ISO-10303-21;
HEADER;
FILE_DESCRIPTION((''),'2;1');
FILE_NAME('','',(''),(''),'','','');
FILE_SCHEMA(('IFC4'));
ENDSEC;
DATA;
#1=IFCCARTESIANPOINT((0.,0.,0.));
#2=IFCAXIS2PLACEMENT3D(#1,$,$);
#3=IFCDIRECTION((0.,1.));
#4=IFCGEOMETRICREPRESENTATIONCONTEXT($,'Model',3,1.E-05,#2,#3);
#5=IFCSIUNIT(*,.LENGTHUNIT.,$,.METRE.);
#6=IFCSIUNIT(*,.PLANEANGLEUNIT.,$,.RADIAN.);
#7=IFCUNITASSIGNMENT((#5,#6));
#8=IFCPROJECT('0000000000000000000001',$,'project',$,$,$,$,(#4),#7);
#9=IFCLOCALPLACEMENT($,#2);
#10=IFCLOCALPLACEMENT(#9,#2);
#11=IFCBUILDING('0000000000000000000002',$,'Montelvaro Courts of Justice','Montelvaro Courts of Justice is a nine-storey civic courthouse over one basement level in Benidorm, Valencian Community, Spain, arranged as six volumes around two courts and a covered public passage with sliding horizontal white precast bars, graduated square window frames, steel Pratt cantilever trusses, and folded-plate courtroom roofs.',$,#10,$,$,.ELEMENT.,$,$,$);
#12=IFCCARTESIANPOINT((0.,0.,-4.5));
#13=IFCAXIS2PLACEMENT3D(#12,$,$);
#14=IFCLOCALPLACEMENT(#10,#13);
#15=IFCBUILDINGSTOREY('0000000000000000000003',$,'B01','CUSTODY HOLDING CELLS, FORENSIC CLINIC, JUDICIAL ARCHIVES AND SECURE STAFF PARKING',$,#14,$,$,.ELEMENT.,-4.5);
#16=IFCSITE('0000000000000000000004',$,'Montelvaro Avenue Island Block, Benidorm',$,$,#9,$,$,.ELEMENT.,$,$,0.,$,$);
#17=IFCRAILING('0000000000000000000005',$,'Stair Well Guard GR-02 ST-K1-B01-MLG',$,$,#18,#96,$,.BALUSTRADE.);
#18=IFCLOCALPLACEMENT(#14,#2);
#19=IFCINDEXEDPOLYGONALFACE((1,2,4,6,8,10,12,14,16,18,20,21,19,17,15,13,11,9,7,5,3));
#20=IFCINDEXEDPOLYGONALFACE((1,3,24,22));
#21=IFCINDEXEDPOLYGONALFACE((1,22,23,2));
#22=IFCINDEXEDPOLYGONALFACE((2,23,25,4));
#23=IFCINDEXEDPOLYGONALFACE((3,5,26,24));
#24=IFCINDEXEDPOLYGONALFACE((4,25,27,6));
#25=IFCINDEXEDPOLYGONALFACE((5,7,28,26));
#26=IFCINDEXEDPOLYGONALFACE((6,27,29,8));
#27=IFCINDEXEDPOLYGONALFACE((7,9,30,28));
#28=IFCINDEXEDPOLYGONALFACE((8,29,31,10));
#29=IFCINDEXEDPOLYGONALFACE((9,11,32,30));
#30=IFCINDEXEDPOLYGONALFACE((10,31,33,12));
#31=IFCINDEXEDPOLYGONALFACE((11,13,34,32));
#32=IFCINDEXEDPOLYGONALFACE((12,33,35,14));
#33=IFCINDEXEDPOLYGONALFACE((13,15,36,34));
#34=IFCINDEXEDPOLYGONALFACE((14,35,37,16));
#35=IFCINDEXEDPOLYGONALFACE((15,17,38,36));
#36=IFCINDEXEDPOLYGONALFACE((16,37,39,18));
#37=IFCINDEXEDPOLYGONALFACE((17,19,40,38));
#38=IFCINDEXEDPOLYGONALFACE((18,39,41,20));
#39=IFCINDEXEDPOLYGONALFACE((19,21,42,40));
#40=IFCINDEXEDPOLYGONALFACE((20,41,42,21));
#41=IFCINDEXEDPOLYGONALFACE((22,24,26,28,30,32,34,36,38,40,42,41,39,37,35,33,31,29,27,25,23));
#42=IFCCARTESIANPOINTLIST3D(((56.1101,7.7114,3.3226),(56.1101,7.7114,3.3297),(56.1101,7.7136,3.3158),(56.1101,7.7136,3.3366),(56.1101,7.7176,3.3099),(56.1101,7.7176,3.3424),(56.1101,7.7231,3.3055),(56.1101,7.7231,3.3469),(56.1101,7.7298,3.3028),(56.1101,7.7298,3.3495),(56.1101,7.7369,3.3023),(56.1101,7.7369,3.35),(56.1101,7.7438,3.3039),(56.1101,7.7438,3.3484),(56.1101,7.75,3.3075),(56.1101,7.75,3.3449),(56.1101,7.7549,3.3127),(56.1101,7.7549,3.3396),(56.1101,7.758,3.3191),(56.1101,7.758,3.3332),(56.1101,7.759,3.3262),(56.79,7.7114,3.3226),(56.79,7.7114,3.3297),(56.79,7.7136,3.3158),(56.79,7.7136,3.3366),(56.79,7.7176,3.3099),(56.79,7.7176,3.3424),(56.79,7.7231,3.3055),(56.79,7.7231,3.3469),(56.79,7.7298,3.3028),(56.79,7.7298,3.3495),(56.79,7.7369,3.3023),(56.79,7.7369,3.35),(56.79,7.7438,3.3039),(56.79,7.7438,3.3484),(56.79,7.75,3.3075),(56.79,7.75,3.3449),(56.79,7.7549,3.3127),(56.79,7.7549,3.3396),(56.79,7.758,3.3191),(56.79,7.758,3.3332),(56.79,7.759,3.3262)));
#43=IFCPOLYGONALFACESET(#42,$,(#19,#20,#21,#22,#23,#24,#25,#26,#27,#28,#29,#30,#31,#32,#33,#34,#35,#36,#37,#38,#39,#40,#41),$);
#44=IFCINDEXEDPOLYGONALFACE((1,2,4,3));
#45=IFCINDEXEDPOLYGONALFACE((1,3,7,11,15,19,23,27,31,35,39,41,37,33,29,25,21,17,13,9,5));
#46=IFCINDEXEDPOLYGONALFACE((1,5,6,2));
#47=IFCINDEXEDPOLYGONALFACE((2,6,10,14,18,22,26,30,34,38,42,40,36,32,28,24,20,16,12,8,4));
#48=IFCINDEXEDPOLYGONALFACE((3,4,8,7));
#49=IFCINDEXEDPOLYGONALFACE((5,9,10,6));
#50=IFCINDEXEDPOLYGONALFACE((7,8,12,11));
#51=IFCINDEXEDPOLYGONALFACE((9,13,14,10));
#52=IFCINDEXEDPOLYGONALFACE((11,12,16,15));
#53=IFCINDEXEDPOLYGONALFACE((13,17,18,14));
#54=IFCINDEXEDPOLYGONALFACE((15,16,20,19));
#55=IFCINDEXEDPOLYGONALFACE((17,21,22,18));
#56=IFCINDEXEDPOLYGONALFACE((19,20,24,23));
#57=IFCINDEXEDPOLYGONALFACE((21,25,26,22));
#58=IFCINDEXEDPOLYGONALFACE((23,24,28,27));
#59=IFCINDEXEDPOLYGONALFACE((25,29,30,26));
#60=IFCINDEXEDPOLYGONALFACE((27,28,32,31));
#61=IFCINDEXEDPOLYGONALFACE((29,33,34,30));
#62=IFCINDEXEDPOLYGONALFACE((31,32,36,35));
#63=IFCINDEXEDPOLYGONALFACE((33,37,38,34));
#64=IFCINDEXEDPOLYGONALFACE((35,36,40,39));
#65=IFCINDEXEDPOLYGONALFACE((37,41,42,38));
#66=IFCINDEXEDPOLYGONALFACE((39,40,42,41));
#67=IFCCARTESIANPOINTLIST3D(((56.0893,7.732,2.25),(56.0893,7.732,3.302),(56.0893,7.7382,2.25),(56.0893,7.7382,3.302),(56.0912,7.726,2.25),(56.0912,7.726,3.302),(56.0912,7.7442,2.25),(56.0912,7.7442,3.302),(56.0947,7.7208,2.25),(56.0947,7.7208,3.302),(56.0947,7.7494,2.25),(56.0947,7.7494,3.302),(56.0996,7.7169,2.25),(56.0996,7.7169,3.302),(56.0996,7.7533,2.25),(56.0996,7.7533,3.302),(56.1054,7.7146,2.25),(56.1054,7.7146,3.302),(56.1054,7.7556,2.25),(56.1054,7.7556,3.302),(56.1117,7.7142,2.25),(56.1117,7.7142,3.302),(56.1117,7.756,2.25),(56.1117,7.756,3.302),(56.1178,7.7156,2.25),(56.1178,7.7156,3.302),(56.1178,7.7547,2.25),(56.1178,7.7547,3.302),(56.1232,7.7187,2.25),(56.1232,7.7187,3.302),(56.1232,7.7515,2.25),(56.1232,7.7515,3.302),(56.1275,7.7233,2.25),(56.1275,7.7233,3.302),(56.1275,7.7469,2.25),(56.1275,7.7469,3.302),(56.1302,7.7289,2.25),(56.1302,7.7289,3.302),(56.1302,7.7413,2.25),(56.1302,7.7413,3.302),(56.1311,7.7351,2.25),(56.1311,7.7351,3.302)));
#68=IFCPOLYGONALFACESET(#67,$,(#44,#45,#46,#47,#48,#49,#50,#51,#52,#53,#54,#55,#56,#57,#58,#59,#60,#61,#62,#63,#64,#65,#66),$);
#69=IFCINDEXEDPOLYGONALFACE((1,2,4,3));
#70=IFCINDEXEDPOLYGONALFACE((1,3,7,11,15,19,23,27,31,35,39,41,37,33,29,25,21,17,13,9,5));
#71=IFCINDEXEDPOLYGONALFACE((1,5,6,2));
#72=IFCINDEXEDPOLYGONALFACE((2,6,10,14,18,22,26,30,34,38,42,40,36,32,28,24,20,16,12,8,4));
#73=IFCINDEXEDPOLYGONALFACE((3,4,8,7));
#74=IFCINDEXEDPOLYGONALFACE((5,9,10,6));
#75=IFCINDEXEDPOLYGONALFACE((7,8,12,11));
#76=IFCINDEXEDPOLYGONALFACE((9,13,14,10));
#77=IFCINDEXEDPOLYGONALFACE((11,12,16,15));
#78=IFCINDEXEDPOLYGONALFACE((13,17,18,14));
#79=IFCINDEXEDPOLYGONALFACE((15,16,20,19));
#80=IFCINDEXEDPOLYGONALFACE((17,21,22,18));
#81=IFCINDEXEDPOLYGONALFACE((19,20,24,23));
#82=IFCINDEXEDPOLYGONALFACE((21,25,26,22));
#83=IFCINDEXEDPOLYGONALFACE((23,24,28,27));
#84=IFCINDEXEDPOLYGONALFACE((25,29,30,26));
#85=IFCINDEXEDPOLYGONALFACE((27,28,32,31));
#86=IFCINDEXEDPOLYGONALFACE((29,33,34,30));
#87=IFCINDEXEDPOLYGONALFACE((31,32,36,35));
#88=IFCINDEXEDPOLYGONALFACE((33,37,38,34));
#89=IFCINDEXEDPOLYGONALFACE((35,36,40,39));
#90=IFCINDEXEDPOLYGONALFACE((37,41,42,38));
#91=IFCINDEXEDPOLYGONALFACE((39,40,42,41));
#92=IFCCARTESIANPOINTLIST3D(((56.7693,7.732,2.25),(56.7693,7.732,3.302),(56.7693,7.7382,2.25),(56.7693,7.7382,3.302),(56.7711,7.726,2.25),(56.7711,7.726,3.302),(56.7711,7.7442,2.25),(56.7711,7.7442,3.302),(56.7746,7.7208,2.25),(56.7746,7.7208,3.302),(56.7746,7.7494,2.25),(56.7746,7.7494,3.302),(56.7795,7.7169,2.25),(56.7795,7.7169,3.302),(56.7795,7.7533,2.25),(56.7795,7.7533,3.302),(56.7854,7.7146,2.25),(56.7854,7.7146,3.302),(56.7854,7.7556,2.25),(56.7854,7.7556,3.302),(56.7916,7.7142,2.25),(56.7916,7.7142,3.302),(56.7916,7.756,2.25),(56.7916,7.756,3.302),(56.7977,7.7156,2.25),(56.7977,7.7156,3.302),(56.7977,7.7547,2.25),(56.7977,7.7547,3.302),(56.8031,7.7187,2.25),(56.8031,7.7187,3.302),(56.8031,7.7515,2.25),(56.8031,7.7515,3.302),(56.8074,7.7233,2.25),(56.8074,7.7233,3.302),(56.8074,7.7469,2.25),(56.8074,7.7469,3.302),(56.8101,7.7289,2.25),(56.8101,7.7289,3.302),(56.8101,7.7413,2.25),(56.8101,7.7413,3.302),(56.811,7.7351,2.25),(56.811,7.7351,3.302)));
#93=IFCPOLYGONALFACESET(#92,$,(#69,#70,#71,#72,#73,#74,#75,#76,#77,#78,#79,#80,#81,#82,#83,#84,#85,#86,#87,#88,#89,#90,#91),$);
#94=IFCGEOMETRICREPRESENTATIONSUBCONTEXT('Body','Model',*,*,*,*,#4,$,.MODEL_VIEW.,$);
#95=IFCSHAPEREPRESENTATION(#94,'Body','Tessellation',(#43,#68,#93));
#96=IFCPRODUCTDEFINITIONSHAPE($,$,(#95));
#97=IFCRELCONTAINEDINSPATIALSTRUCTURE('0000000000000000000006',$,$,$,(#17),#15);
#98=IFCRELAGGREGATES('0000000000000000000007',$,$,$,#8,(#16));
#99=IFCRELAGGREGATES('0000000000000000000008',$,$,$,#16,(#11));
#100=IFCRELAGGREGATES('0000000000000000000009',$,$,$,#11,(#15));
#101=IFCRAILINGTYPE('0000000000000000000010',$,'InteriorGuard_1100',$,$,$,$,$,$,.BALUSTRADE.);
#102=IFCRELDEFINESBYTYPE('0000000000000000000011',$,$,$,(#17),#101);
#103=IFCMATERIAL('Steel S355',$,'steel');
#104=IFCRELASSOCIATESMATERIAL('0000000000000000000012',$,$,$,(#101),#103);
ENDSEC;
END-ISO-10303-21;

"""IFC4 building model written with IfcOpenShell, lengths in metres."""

from ifc_helpers import new_model, si_unit, direction, frame, origin, origin_2d, place, context, subcontext, project, spatial, circle, extrude, material, type_object, element, save


model = new_model("IFC4")

# Units and contexts
model_context = context("Model", 3, precision=1e-05, world=origin(), true_north=direction((0.0, 1.0)))
body_context = subcontext(model_context, "Body", "Model", "MODEL_VIEW")
ifc_project = project(units=[si_unit("LENGTHUNIT", "METRE"), si_unit("PLANEANGLEUNIT", "RADIAN")], contexts=[model_context])

# Site, building, storey
site_placement = place(None, origin())
site = spatial("IfcSite", under=ifc_project, at=site_placement, Name="Montelvaro Avenue Island Block, Benidorm", CompositionType="ELEMENT", RefElevation=0.0)
building_placement = place(site_placement, origin())
building = spatial("IfcBuilding", under=site, at=building_placement, Name="Montelvaro Courts of Justice", Description="Montelvaro Courts of Justice is a nine-storey civic courthouse over one basement level in Benidorm, Valencian Community, Spain, arranged as six volumes around two courts and a covered public passage with sliding horizontal white precast bars, graduated square window frames, steel Pratt cantilever trusses, and folded-plate courtroom roofs.", CompositionType="ELEMENT")
storey_placement = place(building_placement, frame((0.0, 0.0, -4.5)))
storey = spatial("IfcBuildingStorey", under=building, at=storey_placement, Name="B01", Description="CUSTODY HOLDING CELLS, FORENSIC CLINIC, JUDICIAL ARCHIVES AND SECURE STAFF PARKING", CompositionType="ELEMENT", Elevation=-4.5)

# Shared definitions
ifc_material_1 = material(Name="Steel S355", Category="steel")

# Railing
railing_type = type_object("IfcRailingType", Name="InteriorGuard_1100", PredefinedType="BALUSTRADE", material=ifc_material_1)
railing_1_placement = place(storey_placement, frame((56.1101, 7.7351, 2.25)))
element("IfcRailing", 1, at=railing_1_placement, inside=storey, type_object=railing_type, Name="Stair Well Guard GR-02 ST-K1-B01-MLG", PredefinedType="BALUSTRADE", context=body_context, shape_type="SweptSolid", body=[
    extrude(circle(Radius=0.0239, at=origin_2d()), frame((0.0, 0.0, 1.0762), z_axis=(1.0, 0.0, 0.0), x_axis=(0.0, 1.0, 0.0)), (0.0, 0.0, 1.0), 0.6799),
    extrude(circle(Radius=0.021, at=origin_2d()), origin(), (0.0, 0.0, 1.0), 1.052),
    extrude(circle(Radius=0.021, at=origin_2d()), frame((0.6799, 0.0, 0.0)), (0.0, 0.0, 1.0), 1.052),
])

save(model, "model.ifc")
